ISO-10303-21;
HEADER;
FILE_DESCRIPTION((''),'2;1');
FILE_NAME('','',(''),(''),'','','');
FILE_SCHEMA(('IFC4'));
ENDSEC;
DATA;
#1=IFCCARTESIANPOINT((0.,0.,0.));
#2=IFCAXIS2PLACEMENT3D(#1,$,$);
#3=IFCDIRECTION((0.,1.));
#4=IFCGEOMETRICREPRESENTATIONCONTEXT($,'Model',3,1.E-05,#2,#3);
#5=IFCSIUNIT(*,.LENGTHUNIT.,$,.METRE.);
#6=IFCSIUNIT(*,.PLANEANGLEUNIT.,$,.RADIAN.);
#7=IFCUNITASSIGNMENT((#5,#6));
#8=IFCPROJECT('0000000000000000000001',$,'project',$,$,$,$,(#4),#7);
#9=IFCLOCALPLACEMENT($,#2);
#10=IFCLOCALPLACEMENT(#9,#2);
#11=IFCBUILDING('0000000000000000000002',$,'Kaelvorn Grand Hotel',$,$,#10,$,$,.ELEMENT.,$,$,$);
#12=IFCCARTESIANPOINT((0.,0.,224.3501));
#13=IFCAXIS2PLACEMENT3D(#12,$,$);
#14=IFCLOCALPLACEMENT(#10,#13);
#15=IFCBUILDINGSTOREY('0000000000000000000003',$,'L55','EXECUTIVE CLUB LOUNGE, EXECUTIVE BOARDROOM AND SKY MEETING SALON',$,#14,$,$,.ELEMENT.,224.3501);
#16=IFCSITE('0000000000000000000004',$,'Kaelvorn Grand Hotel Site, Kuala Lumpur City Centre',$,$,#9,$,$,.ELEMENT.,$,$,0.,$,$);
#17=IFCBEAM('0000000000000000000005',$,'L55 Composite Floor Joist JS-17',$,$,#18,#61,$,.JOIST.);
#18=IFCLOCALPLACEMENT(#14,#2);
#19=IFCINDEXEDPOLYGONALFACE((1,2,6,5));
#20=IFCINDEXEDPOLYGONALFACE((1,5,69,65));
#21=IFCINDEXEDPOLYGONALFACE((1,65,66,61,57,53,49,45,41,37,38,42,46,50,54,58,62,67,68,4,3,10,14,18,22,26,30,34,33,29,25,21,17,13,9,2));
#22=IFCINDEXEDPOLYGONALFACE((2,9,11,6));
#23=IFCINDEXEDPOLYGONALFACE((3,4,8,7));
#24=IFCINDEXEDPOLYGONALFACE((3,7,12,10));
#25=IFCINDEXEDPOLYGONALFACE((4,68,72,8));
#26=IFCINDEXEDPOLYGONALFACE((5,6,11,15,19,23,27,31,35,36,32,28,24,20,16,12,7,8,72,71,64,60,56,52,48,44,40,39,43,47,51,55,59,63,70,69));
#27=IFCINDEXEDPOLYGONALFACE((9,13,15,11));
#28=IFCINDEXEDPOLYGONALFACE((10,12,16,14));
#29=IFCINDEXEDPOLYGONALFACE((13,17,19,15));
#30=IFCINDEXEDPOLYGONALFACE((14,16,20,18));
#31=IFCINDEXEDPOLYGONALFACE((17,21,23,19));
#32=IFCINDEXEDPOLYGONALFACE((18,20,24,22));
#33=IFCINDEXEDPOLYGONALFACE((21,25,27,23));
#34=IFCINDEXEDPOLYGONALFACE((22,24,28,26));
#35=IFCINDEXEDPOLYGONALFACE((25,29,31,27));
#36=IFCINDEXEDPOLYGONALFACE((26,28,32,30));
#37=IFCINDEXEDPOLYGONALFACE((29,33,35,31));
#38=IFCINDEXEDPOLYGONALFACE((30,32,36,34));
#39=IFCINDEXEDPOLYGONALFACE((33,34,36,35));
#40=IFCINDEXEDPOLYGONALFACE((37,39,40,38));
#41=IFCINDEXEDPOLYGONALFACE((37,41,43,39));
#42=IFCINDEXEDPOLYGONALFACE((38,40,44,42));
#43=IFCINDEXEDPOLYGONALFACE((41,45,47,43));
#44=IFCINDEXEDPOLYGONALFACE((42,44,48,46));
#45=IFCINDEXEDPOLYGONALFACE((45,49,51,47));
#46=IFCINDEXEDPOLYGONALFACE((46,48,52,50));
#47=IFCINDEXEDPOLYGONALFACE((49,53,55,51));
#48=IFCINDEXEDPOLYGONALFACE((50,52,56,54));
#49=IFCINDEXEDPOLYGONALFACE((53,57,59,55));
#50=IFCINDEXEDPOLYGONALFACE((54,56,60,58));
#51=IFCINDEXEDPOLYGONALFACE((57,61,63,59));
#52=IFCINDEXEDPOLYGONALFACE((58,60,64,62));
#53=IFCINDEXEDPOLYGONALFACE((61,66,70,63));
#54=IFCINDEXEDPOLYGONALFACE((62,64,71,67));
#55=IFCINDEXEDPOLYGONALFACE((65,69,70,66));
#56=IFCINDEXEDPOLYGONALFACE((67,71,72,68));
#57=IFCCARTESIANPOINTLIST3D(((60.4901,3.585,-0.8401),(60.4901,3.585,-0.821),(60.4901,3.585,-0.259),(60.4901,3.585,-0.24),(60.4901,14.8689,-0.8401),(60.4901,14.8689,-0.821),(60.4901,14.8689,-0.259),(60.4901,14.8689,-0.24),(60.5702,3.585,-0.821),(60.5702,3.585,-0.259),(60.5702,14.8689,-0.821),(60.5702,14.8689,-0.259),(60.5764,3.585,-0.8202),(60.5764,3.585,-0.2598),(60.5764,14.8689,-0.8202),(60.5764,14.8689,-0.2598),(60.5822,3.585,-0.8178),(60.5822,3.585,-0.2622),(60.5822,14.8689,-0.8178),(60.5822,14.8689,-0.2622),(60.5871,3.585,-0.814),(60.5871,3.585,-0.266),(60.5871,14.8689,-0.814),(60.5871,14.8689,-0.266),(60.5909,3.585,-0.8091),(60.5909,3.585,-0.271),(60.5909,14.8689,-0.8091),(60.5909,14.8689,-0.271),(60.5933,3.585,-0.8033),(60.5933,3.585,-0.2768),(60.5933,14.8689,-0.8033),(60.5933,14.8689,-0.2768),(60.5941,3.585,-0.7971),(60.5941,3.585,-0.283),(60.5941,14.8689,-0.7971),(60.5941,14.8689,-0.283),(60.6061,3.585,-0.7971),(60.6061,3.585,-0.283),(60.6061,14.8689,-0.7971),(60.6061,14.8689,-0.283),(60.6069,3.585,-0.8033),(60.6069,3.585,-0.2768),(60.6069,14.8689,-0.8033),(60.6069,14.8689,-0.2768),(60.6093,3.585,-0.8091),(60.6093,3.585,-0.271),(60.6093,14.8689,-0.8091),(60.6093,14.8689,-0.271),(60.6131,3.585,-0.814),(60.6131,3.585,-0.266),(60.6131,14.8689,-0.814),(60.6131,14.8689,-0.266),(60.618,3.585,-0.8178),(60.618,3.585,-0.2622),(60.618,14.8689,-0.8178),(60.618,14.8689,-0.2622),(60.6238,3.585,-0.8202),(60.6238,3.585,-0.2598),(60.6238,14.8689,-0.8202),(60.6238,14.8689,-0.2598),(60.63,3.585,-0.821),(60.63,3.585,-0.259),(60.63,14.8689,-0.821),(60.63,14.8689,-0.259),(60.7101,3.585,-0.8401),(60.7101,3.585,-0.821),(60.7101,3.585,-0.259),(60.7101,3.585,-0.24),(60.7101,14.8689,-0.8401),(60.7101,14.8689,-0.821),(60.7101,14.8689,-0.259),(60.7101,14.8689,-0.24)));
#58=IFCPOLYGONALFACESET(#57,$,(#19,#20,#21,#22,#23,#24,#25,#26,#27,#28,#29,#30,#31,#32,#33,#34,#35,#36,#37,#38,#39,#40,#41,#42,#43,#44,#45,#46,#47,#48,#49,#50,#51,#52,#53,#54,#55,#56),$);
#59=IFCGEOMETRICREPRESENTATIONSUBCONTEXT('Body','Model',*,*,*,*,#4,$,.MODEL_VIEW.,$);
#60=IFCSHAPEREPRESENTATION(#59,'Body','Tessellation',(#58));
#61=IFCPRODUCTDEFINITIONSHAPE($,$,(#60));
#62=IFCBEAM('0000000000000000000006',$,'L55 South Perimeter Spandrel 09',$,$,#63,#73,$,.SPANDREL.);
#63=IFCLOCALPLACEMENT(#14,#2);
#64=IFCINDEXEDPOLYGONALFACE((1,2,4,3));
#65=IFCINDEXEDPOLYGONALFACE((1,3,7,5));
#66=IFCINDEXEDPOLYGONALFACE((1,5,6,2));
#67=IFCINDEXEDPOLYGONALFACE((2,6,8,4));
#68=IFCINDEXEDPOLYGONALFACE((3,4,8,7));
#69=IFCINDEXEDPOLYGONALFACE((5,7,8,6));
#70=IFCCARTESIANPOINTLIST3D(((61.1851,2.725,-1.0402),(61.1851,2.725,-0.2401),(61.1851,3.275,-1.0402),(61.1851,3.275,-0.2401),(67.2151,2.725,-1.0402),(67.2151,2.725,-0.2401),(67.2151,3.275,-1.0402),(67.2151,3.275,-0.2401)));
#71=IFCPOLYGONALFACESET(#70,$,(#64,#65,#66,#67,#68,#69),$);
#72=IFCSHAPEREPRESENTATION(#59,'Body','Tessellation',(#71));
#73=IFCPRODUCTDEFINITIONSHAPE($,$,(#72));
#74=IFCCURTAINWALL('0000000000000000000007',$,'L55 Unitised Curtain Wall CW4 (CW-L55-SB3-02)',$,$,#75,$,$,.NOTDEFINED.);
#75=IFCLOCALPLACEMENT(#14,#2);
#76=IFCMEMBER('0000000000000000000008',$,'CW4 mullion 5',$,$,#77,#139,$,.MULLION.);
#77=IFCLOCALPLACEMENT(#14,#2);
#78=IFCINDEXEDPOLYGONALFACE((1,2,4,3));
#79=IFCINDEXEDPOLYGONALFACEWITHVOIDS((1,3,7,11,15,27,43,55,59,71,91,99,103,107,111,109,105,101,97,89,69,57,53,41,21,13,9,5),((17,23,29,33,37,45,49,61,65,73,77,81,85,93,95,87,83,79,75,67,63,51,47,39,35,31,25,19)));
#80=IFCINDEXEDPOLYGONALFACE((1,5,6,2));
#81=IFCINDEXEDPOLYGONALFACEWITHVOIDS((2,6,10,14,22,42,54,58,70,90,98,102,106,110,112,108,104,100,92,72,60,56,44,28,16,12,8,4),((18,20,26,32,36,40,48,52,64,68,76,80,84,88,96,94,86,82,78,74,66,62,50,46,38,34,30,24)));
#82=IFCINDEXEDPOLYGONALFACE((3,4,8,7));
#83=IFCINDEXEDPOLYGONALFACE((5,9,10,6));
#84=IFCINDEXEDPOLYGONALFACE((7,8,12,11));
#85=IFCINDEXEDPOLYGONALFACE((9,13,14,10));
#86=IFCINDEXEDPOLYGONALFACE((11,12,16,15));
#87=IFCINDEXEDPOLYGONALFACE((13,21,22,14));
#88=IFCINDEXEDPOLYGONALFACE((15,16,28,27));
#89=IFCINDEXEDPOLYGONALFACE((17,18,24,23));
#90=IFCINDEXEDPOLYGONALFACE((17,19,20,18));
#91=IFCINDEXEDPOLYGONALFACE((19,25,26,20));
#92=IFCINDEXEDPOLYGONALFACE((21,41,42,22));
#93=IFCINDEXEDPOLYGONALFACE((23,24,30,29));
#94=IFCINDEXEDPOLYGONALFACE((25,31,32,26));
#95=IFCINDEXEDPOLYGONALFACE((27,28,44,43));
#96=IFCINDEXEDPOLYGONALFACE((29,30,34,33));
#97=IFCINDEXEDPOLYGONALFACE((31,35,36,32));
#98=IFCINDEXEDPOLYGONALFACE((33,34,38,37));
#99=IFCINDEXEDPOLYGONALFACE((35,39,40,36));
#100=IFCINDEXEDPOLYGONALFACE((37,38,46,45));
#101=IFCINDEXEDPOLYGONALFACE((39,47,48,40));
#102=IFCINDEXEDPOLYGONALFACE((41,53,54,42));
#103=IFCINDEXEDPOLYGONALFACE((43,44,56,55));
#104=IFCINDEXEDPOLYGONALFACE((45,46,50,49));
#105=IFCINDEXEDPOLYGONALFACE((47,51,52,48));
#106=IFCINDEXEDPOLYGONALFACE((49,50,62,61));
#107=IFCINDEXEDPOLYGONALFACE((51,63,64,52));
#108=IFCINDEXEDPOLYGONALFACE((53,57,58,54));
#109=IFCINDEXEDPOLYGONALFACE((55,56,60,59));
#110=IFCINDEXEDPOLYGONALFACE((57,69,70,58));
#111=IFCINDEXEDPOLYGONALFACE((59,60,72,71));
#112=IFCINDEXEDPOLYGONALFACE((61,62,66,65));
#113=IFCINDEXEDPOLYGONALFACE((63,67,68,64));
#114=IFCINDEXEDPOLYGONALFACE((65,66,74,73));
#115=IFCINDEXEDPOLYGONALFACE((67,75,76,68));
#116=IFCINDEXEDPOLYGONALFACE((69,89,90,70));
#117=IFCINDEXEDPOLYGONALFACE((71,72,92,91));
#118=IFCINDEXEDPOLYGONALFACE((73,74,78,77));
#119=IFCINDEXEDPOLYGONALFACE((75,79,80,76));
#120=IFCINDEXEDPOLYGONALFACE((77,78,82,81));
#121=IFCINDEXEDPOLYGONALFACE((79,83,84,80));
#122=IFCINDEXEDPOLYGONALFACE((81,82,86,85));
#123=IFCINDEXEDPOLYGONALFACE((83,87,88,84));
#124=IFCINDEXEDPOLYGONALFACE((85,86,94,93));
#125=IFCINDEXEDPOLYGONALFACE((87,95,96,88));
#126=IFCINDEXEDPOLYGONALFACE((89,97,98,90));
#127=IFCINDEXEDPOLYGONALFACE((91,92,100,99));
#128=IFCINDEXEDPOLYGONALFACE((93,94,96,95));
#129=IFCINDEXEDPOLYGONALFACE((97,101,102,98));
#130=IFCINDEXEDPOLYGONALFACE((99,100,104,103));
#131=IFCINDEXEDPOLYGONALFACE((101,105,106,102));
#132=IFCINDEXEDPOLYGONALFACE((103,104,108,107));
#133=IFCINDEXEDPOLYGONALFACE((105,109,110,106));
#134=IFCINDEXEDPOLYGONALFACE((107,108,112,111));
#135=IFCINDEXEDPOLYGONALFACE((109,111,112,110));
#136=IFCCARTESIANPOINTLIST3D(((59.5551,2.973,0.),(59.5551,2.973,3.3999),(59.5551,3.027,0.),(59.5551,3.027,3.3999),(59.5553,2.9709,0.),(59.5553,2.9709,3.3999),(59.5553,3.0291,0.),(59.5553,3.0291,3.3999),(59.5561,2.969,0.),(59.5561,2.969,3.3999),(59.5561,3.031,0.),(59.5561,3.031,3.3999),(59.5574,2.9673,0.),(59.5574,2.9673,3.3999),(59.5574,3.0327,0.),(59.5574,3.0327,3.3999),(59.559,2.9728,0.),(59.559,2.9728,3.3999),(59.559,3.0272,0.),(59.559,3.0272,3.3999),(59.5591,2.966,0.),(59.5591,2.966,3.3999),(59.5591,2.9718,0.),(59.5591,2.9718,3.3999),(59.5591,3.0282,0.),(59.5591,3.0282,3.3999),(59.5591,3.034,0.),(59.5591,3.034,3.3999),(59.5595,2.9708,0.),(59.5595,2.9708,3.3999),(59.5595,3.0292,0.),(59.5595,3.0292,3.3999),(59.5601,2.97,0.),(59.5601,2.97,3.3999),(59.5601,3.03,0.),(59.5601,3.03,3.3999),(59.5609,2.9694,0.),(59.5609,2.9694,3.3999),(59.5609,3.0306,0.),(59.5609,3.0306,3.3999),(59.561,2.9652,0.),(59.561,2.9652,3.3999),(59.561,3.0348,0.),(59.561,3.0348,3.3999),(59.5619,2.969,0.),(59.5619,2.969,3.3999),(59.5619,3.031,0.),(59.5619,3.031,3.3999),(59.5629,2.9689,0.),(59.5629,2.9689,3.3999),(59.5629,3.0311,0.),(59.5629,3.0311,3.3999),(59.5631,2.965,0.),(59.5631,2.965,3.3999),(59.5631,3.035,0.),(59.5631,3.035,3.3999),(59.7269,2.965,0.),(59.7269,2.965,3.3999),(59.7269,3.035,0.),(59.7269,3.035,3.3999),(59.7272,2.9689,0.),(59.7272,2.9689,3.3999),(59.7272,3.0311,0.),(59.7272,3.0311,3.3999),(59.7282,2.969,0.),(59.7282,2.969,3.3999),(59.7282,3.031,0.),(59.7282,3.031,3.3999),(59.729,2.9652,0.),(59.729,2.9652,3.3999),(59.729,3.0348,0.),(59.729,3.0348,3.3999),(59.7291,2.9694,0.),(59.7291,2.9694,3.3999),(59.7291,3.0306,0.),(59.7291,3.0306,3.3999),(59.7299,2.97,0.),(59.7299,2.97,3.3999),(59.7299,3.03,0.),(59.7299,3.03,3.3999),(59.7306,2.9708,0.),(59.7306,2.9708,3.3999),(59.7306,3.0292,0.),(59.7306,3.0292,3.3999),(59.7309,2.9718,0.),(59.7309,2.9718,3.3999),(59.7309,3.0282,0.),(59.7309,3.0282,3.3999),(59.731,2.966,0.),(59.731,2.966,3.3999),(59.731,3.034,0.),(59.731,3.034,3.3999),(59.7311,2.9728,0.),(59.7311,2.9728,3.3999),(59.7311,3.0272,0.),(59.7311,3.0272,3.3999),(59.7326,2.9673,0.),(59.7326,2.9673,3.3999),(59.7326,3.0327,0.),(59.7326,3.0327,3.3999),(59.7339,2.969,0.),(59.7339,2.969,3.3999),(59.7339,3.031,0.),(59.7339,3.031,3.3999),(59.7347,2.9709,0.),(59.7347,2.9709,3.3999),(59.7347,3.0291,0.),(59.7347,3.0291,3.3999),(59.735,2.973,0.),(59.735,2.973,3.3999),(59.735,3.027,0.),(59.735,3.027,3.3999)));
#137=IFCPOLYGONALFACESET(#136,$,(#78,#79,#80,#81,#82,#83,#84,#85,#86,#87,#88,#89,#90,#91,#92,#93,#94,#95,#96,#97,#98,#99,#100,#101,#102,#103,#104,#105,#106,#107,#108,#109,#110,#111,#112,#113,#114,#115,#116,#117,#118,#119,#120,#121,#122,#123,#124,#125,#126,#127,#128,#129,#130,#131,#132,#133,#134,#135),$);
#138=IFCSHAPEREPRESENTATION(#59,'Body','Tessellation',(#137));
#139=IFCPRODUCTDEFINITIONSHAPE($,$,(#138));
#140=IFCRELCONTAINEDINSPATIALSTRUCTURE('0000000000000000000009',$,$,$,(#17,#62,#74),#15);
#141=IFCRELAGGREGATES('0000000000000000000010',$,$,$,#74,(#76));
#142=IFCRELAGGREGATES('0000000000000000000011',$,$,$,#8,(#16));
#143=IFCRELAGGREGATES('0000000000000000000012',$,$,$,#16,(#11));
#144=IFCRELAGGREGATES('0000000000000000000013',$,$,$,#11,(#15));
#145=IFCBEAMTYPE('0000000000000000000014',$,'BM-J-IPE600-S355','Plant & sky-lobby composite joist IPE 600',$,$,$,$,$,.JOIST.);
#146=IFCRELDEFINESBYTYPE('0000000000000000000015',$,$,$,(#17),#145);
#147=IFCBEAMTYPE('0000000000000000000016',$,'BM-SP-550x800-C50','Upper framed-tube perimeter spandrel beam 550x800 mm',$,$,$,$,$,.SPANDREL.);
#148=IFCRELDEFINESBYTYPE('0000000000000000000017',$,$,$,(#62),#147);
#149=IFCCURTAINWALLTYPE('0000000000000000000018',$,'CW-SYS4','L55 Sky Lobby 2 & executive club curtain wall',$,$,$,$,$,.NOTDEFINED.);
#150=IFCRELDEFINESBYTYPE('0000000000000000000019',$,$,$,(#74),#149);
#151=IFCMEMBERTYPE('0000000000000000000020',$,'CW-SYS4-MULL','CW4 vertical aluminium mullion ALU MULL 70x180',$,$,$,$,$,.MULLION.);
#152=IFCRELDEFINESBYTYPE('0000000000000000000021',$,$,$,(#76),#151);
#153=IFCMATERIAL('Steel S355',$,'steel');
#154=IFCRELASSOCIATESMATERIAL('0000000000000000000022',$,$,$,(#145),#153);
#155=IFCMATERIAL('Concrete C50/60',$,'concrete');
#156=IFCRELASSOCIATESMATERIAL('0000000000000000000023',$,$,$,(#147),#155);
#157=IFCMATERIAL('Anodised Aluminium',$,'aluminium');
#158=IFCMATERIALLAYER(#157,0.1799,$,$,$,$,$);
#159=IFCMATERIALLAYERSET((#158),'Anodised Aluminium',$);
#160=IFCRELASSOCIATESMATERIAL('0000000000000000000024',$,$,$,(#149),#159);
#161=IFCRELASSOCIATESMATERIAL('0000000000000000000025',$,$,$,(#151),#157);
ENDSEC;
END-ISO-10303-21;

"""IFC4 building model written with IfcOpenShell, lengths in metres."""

from ifc_helpers import new_model, si_unit, direction, frame, origin, origin_2d, place, context, subcontext, project, spatial, rectangle, hollow_rectangle, i_section, extrude, material, layer, layer_set, material_profile, profile_set, type_object, element, aggregate, save


model = new_model("IFC4")

# Units and contexts
model_context = context("Model", 3, precision=1e-05, world=origin(), true_north=direction((0.0, 1.0)))
body_context = subcontext(model_context, "Body", "Model", "MODEL_VIEW")
ifc_project = project(units=[si_unit("LENGTHUNIT", "METRE"), si_unit("PLANEANGLEUNIT", "RADIAN")], contexts=[model_context])

# Site, building, storey
site_placement = place(None, origin())
site = spatial("IfcSite", under=ifc_project, at=site_placement, Name="Kaelvorn Grand Hotel Site, Kuala Lumpur City Centre", CompositionType="ELEMENT", RefElevation=0.0)
building_placement = place(site_placement, origin())
building = spatial("IfcBuilding", under=site, at=building_placement, Name="Kaelvorn Grand Hotel", CompositionType="ELEMENT")
storey_placement = place(building_placement, frame((0.0, 0.0, 224.3501)))
storey = spatial("IfcBuildingStorey", under=building, at=storey_placement, Name="L55", Description="EXECUTIVE CLUB LOUNGE, EXECUTIVE BOARDROOM AND SKY MEETING SALON", CompositionType="ELEMENT", Elevation=224.3501)

# Beams
ifc_material_1 = material(Name="Steel S355", Category="steel")
ifc_material_profile_1 = material_profile(ifc_material_1, i_section(OverallWidth=0.22, OverallDepth=0.6001, WebThickness=0.012, FlangeThickness=0.019, FilletRadius=0.0239, at=origin_2d()), Name="IPE 600")
ifc_profile_set_1 = profile_set([ifc_material_profile_1], Name="Steel S355")
beam_type_1 = type_object("IfcBeamType", Name="BM-J-IPE600-S355", Description="Plant & sky-lobby composite joist IPE 600", PredefinedType="JOIST", material=ifc_profile_set_1)
beam_1_placement = place(storey_placement, frame((60.6001, 3.585, -0.54), z_axis=(0.0, 1.0, 0.0), x_axis=(-1.0, 0.0, 0.0)))
element("IfcBeam", 1, at=beam_1_placement, inside=storey, type_object=beam_type_1, Name="L55 Composite Floor Joist JS-17", PredefinedType="JOIST", context=body_context, shape_type="SweptSolid", body=[
    extrude(i_section(OverallWidth=0.22, OverallDepth=0.6001, WebThickness=0.012, FlangeThickness=0.019, FilletRadius=0.0239, at=origin_2d()), origin(), (0.0, 0.0, 1.0), 11.2839),
])
ifc_material_2 = material(Name="Concrete C50/60", Category="concrete")
ifc_material_profile_2 = material_profile(ifc_material_2, rectangle(XDim=0.55, YDim=0.8, at=origin_2d()), Name="RC SPANDREL 550x800")
ifc_profile_set_2 = profile_set([ifc_material_profile_2], Name="Concrete C50/60")
beam_type_2 = type_object("IfcBeamType", Name="BM-SP-550x800-C50", Description="Upper framed-tube perimeter spandrel beam 550x800 mm", PredefinedType="SPANDREL", material=ifc_profile_set_2)
beam_2_placement = place(storey_placement, frame((61.1851, 3.0, -0.6401), z_axis=(1.0, 0.0, 0.0), x_axis=(0.0, 1.0, 0.0)))
element("IfcBeam", 2, at=beam_2_placement, inside=storey, type_object=beam_type_2, Name="L55 South Perimeter Spandrel 09", PredefinedType="SPANDREL", context=body_context, shape_type="SweptSolid", body=[
    extrude(rectangle(XDim=0.55, YDim=0.8, at=origin_2d()), origin(), (0.0, 0.0, 1.0), 6.03),
])

# Curtain wall, member
ifc_material_3 = material(Name="Anodised Aluminium", Category="aluminium")
ifc_layer_1 = layer(ifc_material_3, 0.1799)
ifc_layer_set_1 = layer_set([ifc_layer_1], Name="Anodised Aluminium")
curtain_wall_type = type_object("IfcCurtainWallType", Name="CW-SYS4", Description="L55 Sky Lobby 2 & executive club curtain wall", PredefinedType="NOTDEFINED", material=ifc_layer_set_1)
curtain_wall_1_placement = place(storey_placement, origin())
curtain_wall_1 = element("IfcCurtainWall", 3, at=curtain_wall_1_placement, inside=storey, type_object=curtain_wall_type, Name="L55 Unitised Curtain Wall CW4 (CW-L55-SB3-02)", PredefinedType="NOTDEFINED")
ifc_material_profile_3 = material_profile(ifc_material_3, hollow_rectangle(XDim=0.0701, YDim=0.1799, WallThickness=0.0039, InnerFilletRadius=0.0039, OuterFilletRadius=0.0081, at=origin_2d()), Name="ALU MULL 70x180")
ifc_profile_set_3 = profile_set([ifc_material_profile_3], Name="Anodised Aluminium")
member_type_1 = type_object("IfcMemberType", Name="CW-SYS4-MULL", Description="CW4 vertical aluminium mullion ALU MULL 70x180", PredefinedType="MULLION", material=ifc_profile_set_3)
member_1_placement = place(storey_placement, frame((59.645, 3.0, 0.0), z_axis=(0.0, 0.0, 1.0), x_axis=(0.0, 1.0, 0.0)))
member_1 = element("IfcMember", 4, at=member_1_placement, type_object=member_type_1, Name="CW4 mullion 5", PredefinedType="MULLION", context=body_context, shape_type="SweptSolid", body=[
    extrude(hollow_rectangle(XDim=0.0701, YDim=0.1799, WallThickness=0.0039, InnerFilletRadius=0.0039, OuterFilletRadius=0.0081, at=origin_2d()), origin(), (0.0, 0.0, 1.0), 3.3999),
])

aggregate(curtain_wall_1, [member_1])

save(model, "model.ifc")
